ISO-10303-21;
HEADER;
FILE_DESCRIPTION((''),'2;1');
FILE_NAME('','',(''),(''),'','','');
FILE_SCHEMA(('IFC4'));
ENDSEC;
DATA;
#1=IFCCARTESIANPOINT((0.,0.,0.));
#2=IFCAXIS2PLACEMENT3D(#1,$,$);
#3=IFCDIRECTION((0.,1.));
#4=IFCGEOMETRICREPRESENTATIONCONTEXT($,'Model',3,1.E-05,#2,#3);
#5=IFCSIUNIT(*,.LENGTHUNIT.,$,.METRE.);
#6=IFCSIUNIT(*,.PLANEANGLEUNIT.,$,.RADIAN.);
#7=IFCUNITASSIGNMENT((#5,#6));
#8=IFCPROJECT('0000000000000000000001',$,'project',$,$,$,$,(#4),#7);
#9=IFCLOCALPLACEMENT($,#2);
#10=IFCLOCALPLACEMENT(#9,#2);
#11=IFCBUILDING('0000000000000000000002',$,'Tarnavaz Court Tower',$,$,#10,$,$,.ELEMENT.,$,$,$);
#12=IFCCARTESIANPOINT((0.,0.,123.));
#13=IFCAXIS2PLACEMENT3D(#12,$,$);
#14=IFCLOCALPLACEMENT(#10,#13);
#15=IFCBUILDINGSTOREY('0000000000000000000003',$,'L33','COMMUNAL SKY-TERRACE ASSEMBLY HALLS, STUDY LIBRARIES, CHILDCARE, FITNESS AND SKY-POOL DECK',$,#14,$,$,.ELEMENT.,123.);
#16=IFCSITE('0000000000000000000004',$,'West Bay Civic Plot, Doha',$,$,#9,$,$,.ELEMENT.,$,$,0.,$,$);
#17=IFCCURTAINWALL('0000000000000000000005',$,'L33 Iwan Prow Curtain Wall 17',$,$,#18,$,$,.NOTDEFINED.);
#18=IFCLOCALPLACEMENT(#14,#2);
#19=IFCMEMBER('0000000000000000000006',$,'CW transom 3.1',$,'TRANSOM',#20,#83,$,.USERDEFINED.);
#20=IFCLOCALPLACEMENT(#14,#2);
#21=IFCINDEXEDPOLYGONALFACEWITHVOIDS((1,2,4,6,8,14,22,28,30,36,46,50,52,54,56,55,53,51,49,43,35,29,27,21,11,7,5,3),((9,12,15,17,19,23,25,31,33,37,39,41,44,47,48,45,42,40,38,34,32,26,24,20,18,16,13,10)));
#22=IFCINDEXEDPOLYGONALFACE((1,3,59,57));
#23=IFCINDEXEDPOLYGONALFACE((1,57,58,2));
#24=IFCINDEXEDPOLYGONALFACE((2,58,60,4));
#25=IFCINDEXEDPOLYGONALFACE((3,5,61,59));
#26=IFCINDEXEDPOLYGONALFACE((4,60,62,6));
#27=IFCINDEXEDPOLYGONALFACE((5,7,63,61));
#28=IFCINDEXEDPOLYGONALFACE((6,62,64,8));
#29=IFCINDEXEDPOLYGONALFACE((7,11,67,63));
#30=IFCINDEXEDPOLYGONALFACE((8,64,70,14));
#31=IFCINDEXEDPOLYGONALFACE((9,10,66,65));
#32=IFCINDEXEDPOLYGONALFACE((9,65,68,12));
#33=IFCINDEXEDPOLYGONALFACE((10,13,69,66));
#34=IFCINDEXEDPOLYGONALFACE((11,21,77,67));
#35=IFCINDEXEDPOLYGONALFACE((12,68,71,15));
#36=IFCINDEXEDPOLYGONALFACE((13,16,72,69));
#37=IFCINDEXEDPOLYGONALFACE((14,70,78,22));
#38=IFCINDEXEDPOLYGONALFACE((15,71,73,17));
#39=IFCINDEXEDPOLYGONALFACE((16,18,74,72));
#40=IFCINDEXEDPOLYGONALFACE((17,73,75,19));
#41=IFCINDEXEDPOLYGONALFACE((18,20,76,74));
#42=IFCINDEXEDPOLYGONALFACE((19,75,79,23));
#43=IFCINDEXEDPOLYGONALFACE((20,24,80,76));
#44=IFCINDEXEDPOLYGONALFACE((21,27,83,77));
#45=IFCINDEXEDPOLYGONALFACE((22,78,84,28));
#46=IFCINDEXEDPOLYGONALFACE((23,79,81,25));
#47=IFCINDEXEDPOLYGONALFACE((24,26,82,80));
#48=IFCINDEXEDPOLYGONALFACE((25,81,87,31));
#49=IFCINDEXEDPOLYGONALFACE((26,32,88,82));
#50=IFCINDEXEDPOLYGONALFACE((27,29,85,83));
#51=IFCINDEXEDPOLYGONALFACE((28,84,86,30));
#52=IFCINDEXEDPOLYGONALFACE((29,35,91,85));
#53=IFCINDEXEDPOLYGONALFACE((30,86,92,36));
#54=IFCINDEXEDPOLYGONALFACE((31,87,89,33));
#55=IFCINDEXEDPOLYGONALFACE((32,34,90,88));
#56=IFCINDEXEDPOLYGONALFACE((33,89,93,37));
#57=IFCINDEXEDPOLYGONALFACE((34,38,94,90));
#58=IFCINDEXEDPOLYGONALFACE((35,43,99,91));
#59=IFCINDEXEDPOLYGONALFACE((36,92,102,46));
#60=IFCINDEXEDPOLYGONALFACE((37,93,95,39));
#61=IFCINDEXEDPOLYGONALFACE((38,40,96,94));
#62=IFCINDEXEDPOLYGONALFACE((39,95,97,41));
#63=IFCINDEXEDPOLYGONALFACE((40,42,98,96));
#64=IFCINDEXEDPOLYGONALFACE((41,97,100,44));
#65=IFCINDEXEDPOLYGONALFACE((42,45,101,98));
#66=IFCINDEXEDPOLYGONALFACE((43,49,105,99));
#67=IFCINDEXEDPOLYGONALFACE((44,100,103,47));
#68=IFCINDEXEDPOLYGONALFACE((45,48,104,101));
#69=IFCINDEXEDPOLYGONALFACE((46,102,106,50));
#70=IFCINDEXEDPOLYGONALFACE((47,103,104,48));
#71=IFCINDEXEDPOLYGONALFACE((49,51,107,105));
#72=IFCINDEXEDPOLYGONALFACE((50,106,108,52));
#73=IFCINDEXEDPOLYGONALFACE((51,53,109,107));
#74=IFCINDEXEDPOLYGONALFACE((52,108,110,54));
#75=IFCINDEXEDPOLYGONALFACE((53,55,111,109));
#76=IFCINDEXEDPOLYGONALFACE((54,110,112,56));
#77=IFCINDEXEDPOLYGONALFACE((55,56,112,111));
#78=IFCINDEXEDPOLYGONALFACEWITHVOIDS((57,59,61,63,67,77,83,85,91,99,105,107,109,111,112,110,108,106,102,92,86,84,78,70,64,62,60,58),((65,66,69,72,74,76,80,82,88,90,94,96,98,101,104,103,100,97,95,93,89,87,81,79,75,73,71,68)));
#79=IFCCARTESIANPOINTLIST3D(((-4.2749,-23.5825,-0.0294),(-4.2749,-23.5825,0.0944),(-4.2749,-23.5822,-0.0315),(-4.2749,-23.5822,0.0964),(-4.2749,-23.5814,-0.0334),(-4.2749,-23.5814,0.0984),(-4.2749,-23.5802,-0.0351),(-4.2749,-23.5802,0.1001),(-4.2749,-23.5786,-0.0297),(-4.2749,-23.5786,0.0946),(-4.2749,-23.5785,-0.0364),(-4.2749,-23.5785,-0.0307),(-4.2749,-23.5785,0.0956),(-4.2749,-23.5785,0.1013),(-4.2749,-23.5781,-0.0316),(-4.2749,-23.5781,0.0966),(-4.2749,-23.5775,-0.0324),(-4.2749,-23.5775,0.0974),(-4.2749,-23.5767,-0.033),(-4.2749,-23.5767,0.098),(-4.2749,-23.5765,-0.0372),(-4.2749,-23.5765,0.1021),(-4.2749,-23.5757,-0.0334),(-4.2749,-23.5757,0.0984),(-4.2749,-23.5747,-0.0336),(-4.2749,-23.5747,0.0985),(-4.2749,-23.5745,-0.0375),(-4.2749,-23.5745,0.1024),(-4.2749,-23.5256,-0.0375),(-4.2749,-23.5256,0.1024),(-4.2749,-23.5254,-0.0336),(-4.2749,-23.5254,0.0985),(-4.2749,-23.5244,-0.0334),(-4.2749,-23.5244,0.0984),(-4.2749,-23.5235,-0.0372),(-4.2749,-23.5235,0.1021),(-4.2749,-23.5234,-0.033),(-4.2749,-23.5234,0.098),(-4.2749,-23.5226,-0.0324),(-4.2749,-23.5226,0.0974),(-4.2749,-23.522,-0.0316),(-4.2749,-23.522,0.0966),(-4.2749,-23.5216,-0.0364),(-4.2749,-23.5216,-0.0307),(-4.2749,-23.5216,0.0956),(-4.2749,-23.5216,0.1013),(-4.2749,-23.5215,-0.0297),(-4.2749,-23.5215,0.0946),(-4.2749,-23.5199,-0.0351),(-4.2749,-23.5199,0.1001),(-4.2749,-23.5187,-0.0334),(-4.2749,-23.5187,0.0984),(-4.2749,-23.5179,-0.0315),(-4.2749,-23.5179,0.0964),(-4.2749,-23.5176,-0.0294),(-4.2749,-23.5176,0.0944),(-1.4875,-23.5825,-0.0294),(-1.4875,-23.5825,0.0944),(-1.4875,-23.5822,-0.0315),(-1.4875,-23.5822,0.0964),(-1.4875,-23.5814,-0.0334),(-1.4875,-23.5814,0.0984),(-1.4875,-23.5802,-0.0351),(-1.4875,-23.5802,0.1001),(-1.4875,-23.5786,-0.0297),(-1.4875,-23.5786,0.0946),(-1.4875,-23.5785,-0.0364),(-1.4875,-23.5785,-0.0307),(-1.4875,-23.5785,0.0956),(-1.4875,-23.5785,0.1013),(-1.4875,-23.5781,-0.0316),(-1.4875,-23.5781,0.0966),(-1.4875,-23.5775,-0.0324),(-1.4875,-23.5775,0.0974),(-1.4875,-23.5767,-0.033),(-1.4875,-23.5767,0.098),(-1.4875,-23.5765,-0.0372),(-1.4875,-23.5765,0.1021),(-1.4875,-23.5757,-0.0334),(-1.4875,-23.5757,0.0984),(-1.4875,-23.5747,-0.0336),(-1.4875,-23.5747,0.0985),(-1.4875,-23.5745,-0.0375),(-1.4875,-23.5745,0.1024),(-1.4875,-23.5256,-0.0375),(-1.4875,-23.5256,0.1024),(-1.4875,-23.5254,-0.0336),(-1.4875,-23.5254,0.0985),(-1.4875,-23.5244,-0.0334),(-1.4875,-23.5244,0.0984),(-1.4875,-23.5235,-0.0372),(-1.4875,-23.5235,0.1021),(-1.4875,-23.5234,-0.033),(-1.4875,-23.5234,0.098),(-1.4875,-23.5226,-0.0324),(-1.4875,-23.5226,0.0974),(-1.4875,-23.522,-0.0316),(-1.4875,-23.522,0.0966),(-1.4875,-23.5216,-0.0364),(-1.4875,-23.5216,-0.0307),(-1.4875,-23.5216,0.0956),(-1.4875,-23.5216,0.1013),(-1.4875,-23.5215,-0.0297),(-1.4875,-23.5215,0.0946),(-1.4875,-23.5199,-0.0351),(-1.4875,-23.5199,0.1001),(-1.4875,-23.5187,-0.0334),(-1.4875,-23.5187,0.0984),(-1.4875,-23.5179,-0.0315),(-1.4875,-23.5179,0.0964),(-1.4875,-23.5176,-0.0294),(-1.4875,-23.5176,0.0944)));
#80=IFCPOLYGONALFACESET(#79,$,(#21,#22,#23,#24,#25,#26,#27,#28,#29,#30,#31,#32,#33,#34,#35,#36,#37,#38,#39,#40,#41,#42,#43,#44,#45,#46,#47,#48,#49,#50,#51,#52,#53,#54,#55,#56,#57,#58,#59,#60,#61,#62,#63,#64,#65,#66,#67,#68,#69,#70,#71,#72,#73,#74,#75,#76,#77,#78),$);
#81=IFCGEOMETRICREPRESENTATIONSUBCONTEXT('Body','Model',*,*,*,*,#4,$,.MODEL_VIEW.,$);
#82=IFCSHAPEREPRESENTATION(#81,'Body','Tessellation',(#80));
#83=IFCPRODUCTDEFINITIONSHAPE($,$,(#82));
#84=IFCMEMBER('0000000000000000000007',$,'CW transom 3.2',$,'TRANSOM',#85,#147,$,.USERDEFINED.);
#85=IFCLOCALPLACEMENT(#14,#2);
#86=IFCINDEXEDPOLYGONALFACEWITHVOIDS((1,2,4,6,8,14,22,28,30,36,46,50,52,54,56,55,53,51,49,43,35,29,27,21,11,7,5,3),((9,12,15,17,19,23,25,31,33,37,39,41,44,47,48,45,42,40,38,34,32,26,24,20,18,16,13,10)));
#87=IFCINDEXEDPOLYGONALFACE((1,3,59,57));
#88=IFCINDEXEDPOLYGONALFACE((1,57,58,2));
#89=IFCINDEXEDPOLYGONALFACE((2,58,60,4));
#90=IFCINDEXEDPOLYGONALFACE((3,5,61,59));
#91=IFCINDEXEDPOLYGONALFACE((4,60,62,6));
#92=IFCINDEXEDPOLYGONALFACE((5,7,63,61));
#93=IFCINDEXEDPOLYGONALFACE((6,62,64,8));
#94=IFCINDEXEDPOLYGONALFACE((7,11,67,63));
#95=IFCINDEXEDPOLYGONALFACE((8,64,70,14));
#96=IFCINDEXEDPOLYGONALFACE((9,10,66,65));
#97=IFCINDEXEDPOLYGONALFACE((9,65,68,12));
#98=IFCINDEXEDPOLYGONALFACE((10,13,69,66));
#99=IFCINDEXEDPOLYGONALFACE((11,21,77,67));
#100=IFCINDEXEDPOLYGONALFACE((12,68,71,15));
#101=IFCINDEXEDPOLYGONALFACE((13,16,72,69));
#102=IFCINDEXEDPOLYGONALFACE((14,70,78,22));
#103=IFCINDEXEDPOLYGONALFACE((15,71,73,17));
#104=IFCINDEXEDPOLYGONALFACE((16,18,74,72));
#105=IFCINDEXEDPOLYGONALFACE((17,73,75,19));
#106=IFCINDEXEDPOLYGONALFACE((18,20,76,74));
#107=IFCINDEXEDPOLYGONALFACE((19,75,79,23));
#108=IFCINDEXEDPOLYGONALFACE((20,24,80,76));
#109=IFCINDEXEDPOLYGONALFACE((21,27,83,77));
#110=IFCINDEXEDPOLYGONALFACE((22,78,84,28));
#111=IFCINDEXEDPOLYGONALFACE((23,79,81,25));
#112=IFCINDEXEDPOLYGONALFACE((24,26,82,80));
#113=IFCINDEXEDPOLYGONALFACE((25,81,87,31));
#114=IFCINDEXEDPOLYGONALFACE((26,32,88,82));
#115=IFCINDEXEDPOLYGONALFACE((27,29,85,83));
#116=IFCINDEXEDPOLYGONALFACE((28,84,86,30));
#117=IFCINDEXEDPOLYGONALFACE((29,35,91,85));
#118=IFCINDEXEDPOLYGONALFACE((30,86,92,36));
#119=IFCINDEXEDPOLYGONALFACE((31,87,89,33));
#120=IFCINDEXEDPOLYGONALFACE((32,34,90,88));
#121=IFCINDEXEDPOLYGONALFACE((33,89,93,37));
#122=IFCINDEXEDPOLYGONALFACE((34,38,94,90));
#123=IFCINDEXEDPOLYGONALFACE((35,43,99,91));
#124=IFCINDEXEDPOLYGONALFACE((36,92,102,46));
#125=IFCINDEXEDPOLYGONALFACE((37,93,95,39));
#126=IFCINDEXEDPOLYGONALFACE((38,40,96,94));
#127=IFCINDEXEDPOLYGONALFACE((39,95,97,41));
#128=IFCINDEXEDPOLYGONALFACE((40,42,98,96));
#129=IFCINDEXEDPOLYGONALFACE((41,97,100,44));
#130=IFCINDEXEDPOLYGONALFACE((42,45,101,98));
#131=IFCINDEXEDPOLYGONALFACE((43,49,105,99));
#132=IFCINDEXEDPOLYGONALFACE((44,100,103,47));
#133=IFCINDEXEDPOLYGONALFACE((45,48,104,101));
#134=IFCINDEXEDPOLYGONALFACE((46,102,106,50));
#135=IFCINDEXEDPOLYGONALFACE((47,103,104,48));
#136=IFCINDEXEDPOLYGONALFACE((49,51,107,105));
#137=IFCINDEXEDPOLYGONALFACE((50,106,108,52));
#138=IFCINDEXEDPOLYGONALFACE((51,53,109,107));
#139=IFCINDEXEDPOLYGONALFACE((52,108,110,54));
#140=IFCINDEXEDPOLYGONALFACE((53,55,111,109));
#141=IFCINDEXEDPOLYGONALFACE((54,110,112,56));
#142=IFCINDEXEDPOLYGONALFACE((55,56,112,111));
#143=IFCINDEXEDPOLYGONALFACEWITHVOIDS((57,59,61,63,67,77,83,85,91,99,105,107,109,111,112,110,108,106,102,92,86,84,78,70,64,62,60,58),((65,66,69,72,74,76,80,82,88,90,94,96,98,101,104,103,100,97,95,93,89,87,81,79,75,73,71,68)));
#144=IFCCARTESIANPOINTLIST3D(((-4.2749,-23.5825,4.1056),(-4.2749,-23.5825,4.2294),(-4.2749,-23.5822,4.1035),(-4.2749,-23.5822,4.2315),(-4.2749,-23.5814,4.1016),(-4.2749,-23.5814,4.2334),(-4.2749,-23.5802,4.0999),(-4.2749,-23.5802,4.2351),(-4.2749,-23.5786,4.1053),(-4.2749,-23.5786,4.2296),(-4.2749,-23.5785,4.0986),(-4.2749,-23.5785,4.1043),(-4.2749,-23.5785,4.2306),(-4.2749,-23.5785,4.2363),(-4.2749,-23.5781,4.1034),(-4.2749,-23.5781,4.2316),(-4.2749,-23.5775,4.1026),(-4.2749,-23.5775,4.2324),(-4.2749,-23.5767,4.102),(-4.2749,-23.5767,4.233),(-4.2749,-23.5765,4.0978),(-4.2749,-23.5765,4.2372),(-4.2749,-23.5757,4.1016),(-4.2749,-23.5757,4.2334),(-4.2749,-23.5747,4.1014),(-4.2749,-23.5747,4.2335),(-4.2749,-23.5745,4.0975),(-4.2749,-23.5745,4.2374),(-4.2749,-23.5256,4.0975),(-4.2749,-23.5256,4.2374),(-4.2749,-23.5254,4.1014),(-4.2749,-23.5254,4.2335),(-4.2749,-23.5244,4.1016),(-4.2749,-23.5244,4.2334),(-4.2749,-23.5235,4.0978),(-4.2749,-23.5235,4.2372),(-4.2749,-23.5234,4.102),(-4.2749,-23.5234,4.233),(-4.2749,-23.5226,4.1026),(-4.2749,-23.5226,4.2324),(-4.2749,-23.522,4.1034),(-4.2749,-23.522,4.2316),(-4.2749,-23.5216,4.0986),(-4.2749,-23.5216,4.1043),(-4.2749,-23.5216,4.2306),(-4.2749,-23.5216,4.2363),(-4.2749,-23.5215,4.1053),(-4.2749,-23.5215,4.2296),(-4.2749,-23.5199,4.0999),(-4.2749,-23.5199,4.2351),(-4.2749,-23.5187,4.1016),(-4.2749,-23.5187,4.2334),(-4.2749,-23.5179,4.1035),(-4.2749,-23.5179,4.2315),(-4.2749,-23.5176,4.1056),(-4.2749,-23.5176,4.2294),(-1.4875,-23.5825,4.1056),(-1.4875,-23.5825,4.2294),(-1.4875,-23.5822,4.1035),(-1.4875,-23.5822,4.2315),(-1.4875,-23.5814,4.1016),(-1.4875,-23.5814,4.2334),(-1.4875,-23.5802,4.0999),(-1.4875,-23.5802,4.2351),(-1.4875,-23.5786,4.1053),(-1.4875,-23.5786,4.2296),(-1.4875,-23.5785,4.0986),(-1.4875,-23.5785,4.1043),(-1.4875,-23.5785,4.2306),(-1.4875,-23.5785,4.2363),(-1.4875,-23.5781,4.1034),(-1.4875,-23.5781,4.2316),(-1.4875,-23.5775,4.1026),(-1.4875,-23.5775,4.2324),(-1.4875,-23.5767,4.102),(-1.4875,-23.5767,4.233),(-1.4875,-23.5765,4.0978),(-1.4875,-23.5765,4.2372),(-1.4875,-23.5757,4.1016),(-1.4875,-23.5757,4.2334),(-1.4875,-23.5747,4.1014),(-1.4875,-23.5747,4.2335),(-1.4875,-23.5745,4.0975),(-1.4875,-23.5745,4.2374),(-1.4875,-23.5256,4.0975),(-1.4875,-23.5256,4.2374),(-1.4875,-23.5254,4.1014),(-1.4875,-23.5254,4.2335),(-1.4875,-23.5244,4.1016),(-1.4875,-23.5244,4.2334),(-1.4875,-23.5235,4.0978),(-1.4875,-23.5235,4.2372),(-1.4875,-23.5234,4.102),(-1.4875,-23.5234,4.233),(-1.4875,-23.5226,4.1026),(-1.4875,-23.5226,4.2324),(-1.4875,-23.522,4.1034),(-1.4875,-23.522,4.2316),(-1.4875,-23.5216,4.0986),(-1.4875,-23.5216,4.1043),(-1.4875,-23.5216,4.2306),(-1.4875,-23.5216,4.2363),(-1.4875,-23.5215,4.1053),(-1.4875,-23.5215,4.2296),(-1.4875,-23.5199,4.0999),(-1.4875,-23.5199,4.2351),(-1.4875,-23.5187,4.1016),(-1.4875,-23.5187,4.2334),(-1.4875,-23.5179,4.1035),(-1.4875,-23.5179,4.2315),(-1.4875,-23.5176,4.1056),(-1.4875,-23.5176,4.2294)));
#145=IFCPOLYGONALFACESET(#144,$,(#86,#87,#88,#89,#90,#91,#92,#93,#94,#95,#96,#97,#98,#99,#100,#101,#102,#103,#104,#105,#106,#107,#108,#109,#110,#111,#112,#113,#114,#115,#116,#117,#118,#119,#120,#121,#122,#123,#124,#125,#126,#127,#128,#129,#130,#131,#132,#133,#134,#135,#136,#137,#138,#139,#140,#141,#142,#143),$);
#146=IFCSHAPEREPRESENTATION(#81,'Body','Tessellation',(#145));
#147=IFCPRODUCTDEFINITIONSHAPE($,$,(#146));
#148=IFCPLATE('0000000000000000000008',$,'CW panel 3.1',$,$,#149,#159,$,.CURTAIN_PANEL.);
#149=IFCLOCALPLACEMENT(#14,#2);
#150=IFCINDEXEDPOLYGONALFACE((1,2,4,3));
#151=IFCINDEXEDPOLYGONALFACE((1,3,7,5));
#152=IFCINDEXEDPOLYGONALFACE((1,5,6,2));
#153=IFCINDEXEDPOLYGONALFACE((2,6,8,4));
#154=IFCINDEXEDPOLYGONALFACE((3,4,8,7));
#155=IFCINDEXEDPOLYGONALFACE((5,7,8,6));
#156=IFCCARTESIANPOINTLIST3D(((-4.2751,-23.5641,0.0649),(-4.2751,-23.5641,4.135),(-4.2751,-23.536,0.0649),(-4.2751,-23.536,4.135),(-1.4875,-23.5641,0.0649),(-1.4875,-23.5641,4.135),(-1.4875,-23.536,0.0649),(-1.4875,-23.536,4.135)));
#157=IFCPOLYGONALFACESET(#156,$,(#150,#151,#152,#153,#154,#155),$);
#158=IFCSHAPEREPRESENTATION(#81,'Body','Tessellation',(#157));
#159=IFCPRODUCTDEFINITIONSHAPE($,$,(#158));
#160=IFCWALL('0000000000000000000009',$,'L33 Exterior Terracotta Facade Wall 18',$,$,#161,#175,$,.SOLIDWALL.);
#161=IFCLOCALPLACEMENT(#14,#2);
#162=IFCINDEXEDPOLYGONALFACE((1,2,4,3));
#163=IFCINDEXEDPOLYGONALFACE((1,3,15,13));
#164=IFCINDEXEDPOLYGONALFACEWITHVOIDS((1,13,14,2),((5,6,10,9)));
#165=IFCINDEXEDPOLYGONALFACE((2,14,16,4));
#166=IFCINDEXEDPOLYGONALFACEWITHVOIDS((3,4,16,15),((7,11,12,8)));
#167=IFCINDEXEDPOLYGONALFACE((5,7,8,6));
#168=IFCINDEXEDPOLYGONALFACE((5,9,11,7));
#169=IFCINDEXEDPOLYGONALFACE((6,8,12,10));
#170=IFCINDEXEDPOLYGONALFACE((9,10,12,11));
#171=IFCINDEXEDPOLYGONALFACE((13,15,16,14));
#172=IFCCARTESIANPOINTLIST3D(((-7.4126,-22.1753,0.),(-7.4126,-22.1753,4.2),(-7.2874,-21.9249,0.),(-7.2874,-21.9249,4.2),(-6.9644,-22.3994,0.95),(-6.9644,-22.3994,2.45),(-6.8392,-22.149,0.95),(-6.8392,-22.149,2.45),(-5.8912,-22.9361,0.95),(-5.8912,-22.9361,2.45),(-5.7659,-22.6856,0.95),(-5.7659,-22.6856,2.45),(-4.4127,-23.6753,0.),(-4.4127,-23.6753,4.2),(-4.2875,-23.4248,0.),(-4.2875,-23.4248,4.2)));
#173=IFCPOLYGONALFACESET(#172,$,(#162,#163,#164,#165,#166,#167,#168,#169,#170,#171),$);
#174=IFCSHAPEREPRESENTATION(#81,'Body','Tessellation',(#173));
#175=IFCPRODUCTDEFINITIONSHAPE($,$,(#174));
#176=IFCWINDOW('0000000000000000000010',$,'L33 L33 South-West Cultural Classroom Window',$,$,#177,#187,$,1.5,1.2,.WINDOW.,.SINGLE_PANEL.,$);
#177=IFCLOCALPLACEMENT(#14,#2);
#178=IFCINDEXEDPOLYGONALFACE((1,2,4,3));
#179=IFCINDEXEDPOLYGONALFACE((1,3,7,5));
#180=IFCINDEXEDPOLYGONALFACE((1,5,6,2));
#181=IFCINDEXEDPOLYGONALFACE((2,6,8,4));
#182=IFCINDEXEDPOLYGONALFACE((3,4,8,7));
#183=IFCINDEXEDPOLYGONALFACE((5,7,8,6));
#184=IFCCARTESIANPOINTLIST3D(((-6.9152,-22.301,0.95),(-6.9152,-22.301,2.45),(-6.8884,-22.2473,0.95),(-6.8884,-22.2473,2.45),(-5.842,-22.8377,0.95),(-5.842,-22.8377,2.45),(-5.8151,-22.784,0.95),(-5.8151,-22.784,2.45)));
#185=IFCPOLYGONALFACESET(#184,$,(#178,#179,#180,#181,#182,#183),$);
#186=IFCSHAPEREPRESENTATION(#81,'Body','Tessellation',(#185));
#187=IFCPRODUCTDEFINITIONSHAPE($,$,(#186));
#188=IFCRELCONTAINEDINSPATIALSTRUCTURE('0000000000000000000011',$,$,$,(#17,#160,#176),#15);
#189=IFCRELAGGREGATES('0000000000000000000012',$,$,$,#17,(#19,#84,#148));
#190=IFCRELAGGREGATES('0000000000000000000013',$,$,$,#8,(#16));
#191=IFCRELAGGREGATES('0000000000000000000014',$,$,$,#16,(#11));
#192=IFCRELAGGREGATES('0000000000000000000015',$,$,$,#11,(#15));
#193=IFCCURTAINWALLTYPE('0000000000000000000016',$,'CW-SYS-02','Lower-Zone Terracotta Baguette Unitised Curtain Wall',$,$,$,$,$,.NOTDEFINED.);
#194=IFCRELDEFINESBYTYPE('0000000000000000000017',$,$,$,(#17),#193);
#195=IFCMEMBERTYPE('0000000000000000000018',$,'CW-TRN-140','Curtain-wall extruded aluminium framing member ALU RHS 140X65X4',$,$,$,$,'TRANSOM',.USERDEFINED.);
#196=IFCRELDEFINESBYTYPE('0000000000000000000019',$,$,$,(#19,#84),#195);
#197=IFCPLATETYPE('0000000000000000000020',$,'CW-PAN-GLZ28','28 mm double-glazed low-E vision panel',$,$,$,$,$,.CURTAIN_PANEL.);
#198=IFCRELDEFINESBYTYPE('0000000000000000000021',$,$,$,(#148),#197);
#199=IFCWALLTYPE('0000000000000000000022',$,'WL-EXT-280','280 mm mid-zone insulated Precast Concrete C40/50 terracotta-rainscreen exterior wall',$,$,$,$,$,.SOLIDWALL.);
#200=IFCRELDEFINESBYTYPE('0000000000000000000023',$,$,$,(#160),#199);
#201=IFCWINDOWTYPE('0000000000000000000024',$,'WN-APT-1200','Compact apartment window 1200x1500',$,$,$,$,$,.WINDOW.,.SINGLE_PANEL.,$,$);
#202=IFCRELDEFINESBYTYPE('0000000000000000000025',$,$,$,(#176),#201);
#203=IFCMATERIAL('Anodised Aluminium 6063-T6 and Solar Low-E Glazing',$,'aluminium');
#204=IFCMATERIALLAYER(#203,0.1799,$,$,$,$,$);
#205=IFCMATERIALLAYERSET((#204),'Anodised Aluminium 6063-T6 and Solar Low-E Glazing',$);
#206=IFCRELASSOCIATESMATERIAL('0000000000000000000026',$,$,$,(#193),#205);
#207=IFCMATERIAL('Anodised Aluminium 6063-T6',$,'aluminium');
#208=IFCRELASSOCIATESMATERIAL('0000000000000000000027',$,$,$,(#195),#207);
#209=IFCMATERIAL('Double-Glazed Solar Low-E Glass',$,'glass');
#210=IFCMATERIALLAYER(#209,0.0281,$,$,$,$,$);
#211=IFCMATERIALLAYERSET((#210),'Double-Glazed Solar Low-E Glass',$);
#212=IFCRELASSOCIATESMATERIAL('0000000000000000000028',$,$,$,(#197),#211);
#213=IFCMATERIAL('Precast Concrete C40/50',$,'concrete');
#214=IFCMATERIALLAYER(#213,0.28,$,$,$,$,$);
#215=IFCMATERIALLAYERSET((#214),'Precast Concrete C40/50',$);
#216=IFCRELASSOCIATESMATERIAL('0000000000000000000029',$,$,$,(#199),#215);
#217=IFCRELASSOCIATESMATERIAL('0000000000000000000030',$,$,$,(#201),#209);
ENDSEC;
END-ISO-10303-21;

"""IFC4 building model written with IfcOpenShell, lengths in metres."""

from ifc_helpers import new_model, si_unit, direction, frame, frame_2d, origin, origin_2d, place, context, subcontext, project, spatial, rectangle, hollow_rectangle, extrude, material, layer, layer_set, material_profile, profile_set, type_object, element, fill, aggregate, save


model = new_model("IFC4")

# Units and contexts
model_context = context("Model", 3, precision=1e-05, world=origin(), true_north=direction((0.0, 1.0)))
body_context = subcontext(model_context, "Body", "Model", "MODEL_VIEW")
ifc_project = project(units=[si_unit("LENGTHUNIT", "METRE"), si_unit("PLANEANGLEUNIT", "RADIAN")], contexts=[model_context])

# Site, building, storey
site_placement = place(None, origin())
site = spatial("IfcSite", under=ifc_project, at=site_placement, Name="West Bay Civic Plot, Doha", CompositionType="ELEMENT", RefElevation=0.0)
building_placement = place(site_placement, origin())
building = spatial("IfcBuilding", under=site, at=building_placement, Name="Tarnavaz Court Tower", CompositionType="ELEMENT")
storey_placement = place(building_placement, frame((0.0, 0.0, 123.0)))
storey = spatial("IfcBuildingStorey", under=building, at=storey_placement, Name="L33", Description="COMMUNAL SKY-TERRACE ASSEMBLY HALLS, STUDY LIBRARIES, CHILDCARE, FITNESS AND SKY-POOL DECK", CompositionType="ELEMENT", Elevation=123.0)

# Curtain wall, members, plate
ifc_material_1 = material(Name="Anodised Aluminium 6063-T6 and Solar Low-E Glazing", Category="aluminium")
ifc_layer_1 = layer(ifc_material_1, 0.1799)
ifc_layer_set_1 = layer_set([ifc_layer_1], Name="Anodised Aluminium 6063-T6 and Solar Low-E Glazing")
curtain_wall_type = type_object("IfcCurtainWallType", Name="CW-SYS-02", Description="Lower-Zone Terracotta Baguette Unitised Curtain Wall", PredefinedType="NOTDEFINED", material=ifc_layer_set_1)
curtain_wall_placement = place(storey_placement, origin())
curtain_wall = element("IfcCurtainWall", 1, at=curtain_wall_placement, inside=storey, type_object=curtain_wall_type, Name="L33 Iwan Prow Curtain Wall 17", PredefinedType="NOTDEFINED")
ifc_material_2 = material(Name="Anodised Aluminium 6063-T6", Category="aluminium")
ifc_material_profile_1 = material_profile(ifc_material_2, hollow_rectangle(XDim=0.0649, YDim=0.1399, WallThickness=0.0039, InnerFilletRadius=0.0039, OuterFilletRadius=0.0081, at=origin_2d()), Name="ALU RHS 140X65X4")
ifc_profile_set_1 = profile_set([ifc_material_profile_1], Name="Anodised Aluminium 6063-T6")
member_type_1 = type_object("IfcMemberType", Name="CW-TRN-140", Description="Curtain-wall extruded aluminium framing member ALU RHS 140X65X4", ElementType="TRANSOM", PredefinedType="USERDEFINED", material=ifc_profile_set_1)
member_1_placement = place(storey_placement, frame((-1.4875, -23.55, 0.0325), z_axis=(-1.0, 0.0, 0.0), x_axis=(0.0, -1.0, 0.0)))
member_1 = element("IfcMember", 2, at=member_1_placement, type_object=member_type_1, Name="CW transom 3.1", ObjectType="TRANSOM", PredefinedType="USERDEFINED", context=body_context, shape_type="SweptSolid", body=[
    extrude(hollow_rectangle(XDim=0.0649, YDim=0.1399, WallThickness=0.0039, InnerFilletRadius=0.0039, OuterFilletRadius=0.0081, at=origin_2d()), origin(), (0.0, 0.0, 1.0), 2.7874),
])
member_2_placement = place(storey_placement, frame((-1.4875, -23.55, 4.1675), z_axis=(-1.0, 0.0, 0.0), x_axis=(0.0, -1.0, 0.0)))
member_2 = element("IfcMember", 3, at=member_2_placement, type_object=member_type_1, Name="CW transom 3.2", ObjectType="TRANSOM", PredefinedType="USERDEFINED", context=body_context, shape_type="SweptSolid", body=[
    extrude(hollow_rectangle(XDim=0.0649, YDim=0.1399, WallThickness=0.0039, InnerFilletRadius=0.0039, OuterFilletRadius=0.0081, at=origin_2d()), origin(), (0.0, 0.0, 1.0), 2.7874),
])
ifc_material_3 = material(Name="Double-Glazed Solar Low-E Glass", Category="glass")
ifc_layer_2 = layer(ifc_material_3, 0.0281)
ifc_layer_set_2 = layer_set([ifc_layer_2], Name="Double-Glazed Solar Low-E Glass")
plate_type = type_object("IfcPlateType", Name="CW-PAN-GLZ28", Description="28 mm double-glazed low-E vision panel", PredefinedType="CURTAIN_PANEL", material=ifc_layer_set_2)
plate_placement = place(storey_placement, frame((-2.8813, -23.55, 0.0649), z_axis=(0.0, 0.0, 1.0), x_axis=(-1.0, 0.0, 0.0)))
plate = element("IfcPlate", 4, at=plate_placement, type_object=plate_type, Name="CW panel 3.1", PredefinedType="CURTAIN_PANEL", context=body_context, shape_type="SweptSolid", body=[
    extrude(rectangle(XDim=2.7876, YDim=0.0281, at=origin_2d()), origin(), (0.0, 0.0, 1.0), 4.0701),
])
aggregate(curtain_wall, [member_1, member_2, plate])

# Wall, opening, window
ifc_material_4 = material(Name="Precast Concrete C40/50", Category="concrete")
ifc_layer_3 = layer(ifc_material_4, 0.28)
ifc_layer_set_3 = layer_set([ifc_layer_3], Name="Precast Concrete C40/50")
wall_type_1 = type_object("IfcWallType", Name="WL-EXT-280", Description="280 mm mid-zone insulated Precast Concrete C40/50 terracotta-rainscreen exterior wall", PredefinedType="SOLIDWALL", material=ifc_layer_set_3)
wall_1_placement = place(storey_placement, frame((-4.3501, -23.55, 0.0), z_axis=(0.0, 0.0, 1.0), x_axis=(-0.894427, 0.447214, 0.0)))
wall_1 = element("IfcWall", 5, at=wall_1_placement, inside=storey, type_object=wall_type_1, Name="L33 Exterior Terracotta Facade Wall 18", PredefinedType="SOLIDWALL", context=body_context, shape_type="SweptSolid", body=[
    extrude(rectangle(XDim=3.354, YDim=0.28, at=frame_2d((1.677, 0.0))), origin(), (0.0, 0.0, 1.0), 4.2),
])
opening_1_placement = place(wall_1_placement, frame((1.6528, 0.0, 0.95)))
opening_1 = element("IfcOpeningElement", 6, at=opening_1_placement, cuts=wall_1, PredefinedType="OPENING", context=body_context, shape_type="SweptSolid", body=[
    extrude(rectangle(XDim=1.2, YDim=1.5, at=frame_2d((0.6001, 0.75))), frame((0.0, 0.1499, 0.0), z_axis=(0.0, -1.0, 0.0), x_axis=(1.0, 0.0, 0.0)), (0.0, 0.0, 1.0), 0.3),
])
window_type_1 = type_object("IfcWindowType", Name="WN-APT-1200", Description="Compact apartment window 1200x1500", PartitioningType="SINGLE_PANEL", PredefinedType="WINDOW", material=ifc_material_3)
window_1_placement = place(opening_1_placement, origin())
window_1 = element("IfcWindow", 7, at=window_1_placement, inside=storey, type_object=window_type_1, Name="L33 L33 South-West Cultural Classroom Window", OverallHeight=1.5, OverallWidth=1.2, PartitioningType="SINGLE_PANEL", PredefinedType="WINDOW", context=body_context, shape_type="SweptSolid", body=[
    extrude(rectangle(XDim=1.2, YDim=1.5, at=frame_2d((0.6001, 0.75))), frame((0.0, 0.03, 0.0), z_axis=(0.0, -1.0, 0.0), x_axis=(1.0, 0.0, 0.0)), (0.0, 0.0, 1.0), 0.0601),
])
fill(opening_1, window_1)

save(model, "model.ifc")
